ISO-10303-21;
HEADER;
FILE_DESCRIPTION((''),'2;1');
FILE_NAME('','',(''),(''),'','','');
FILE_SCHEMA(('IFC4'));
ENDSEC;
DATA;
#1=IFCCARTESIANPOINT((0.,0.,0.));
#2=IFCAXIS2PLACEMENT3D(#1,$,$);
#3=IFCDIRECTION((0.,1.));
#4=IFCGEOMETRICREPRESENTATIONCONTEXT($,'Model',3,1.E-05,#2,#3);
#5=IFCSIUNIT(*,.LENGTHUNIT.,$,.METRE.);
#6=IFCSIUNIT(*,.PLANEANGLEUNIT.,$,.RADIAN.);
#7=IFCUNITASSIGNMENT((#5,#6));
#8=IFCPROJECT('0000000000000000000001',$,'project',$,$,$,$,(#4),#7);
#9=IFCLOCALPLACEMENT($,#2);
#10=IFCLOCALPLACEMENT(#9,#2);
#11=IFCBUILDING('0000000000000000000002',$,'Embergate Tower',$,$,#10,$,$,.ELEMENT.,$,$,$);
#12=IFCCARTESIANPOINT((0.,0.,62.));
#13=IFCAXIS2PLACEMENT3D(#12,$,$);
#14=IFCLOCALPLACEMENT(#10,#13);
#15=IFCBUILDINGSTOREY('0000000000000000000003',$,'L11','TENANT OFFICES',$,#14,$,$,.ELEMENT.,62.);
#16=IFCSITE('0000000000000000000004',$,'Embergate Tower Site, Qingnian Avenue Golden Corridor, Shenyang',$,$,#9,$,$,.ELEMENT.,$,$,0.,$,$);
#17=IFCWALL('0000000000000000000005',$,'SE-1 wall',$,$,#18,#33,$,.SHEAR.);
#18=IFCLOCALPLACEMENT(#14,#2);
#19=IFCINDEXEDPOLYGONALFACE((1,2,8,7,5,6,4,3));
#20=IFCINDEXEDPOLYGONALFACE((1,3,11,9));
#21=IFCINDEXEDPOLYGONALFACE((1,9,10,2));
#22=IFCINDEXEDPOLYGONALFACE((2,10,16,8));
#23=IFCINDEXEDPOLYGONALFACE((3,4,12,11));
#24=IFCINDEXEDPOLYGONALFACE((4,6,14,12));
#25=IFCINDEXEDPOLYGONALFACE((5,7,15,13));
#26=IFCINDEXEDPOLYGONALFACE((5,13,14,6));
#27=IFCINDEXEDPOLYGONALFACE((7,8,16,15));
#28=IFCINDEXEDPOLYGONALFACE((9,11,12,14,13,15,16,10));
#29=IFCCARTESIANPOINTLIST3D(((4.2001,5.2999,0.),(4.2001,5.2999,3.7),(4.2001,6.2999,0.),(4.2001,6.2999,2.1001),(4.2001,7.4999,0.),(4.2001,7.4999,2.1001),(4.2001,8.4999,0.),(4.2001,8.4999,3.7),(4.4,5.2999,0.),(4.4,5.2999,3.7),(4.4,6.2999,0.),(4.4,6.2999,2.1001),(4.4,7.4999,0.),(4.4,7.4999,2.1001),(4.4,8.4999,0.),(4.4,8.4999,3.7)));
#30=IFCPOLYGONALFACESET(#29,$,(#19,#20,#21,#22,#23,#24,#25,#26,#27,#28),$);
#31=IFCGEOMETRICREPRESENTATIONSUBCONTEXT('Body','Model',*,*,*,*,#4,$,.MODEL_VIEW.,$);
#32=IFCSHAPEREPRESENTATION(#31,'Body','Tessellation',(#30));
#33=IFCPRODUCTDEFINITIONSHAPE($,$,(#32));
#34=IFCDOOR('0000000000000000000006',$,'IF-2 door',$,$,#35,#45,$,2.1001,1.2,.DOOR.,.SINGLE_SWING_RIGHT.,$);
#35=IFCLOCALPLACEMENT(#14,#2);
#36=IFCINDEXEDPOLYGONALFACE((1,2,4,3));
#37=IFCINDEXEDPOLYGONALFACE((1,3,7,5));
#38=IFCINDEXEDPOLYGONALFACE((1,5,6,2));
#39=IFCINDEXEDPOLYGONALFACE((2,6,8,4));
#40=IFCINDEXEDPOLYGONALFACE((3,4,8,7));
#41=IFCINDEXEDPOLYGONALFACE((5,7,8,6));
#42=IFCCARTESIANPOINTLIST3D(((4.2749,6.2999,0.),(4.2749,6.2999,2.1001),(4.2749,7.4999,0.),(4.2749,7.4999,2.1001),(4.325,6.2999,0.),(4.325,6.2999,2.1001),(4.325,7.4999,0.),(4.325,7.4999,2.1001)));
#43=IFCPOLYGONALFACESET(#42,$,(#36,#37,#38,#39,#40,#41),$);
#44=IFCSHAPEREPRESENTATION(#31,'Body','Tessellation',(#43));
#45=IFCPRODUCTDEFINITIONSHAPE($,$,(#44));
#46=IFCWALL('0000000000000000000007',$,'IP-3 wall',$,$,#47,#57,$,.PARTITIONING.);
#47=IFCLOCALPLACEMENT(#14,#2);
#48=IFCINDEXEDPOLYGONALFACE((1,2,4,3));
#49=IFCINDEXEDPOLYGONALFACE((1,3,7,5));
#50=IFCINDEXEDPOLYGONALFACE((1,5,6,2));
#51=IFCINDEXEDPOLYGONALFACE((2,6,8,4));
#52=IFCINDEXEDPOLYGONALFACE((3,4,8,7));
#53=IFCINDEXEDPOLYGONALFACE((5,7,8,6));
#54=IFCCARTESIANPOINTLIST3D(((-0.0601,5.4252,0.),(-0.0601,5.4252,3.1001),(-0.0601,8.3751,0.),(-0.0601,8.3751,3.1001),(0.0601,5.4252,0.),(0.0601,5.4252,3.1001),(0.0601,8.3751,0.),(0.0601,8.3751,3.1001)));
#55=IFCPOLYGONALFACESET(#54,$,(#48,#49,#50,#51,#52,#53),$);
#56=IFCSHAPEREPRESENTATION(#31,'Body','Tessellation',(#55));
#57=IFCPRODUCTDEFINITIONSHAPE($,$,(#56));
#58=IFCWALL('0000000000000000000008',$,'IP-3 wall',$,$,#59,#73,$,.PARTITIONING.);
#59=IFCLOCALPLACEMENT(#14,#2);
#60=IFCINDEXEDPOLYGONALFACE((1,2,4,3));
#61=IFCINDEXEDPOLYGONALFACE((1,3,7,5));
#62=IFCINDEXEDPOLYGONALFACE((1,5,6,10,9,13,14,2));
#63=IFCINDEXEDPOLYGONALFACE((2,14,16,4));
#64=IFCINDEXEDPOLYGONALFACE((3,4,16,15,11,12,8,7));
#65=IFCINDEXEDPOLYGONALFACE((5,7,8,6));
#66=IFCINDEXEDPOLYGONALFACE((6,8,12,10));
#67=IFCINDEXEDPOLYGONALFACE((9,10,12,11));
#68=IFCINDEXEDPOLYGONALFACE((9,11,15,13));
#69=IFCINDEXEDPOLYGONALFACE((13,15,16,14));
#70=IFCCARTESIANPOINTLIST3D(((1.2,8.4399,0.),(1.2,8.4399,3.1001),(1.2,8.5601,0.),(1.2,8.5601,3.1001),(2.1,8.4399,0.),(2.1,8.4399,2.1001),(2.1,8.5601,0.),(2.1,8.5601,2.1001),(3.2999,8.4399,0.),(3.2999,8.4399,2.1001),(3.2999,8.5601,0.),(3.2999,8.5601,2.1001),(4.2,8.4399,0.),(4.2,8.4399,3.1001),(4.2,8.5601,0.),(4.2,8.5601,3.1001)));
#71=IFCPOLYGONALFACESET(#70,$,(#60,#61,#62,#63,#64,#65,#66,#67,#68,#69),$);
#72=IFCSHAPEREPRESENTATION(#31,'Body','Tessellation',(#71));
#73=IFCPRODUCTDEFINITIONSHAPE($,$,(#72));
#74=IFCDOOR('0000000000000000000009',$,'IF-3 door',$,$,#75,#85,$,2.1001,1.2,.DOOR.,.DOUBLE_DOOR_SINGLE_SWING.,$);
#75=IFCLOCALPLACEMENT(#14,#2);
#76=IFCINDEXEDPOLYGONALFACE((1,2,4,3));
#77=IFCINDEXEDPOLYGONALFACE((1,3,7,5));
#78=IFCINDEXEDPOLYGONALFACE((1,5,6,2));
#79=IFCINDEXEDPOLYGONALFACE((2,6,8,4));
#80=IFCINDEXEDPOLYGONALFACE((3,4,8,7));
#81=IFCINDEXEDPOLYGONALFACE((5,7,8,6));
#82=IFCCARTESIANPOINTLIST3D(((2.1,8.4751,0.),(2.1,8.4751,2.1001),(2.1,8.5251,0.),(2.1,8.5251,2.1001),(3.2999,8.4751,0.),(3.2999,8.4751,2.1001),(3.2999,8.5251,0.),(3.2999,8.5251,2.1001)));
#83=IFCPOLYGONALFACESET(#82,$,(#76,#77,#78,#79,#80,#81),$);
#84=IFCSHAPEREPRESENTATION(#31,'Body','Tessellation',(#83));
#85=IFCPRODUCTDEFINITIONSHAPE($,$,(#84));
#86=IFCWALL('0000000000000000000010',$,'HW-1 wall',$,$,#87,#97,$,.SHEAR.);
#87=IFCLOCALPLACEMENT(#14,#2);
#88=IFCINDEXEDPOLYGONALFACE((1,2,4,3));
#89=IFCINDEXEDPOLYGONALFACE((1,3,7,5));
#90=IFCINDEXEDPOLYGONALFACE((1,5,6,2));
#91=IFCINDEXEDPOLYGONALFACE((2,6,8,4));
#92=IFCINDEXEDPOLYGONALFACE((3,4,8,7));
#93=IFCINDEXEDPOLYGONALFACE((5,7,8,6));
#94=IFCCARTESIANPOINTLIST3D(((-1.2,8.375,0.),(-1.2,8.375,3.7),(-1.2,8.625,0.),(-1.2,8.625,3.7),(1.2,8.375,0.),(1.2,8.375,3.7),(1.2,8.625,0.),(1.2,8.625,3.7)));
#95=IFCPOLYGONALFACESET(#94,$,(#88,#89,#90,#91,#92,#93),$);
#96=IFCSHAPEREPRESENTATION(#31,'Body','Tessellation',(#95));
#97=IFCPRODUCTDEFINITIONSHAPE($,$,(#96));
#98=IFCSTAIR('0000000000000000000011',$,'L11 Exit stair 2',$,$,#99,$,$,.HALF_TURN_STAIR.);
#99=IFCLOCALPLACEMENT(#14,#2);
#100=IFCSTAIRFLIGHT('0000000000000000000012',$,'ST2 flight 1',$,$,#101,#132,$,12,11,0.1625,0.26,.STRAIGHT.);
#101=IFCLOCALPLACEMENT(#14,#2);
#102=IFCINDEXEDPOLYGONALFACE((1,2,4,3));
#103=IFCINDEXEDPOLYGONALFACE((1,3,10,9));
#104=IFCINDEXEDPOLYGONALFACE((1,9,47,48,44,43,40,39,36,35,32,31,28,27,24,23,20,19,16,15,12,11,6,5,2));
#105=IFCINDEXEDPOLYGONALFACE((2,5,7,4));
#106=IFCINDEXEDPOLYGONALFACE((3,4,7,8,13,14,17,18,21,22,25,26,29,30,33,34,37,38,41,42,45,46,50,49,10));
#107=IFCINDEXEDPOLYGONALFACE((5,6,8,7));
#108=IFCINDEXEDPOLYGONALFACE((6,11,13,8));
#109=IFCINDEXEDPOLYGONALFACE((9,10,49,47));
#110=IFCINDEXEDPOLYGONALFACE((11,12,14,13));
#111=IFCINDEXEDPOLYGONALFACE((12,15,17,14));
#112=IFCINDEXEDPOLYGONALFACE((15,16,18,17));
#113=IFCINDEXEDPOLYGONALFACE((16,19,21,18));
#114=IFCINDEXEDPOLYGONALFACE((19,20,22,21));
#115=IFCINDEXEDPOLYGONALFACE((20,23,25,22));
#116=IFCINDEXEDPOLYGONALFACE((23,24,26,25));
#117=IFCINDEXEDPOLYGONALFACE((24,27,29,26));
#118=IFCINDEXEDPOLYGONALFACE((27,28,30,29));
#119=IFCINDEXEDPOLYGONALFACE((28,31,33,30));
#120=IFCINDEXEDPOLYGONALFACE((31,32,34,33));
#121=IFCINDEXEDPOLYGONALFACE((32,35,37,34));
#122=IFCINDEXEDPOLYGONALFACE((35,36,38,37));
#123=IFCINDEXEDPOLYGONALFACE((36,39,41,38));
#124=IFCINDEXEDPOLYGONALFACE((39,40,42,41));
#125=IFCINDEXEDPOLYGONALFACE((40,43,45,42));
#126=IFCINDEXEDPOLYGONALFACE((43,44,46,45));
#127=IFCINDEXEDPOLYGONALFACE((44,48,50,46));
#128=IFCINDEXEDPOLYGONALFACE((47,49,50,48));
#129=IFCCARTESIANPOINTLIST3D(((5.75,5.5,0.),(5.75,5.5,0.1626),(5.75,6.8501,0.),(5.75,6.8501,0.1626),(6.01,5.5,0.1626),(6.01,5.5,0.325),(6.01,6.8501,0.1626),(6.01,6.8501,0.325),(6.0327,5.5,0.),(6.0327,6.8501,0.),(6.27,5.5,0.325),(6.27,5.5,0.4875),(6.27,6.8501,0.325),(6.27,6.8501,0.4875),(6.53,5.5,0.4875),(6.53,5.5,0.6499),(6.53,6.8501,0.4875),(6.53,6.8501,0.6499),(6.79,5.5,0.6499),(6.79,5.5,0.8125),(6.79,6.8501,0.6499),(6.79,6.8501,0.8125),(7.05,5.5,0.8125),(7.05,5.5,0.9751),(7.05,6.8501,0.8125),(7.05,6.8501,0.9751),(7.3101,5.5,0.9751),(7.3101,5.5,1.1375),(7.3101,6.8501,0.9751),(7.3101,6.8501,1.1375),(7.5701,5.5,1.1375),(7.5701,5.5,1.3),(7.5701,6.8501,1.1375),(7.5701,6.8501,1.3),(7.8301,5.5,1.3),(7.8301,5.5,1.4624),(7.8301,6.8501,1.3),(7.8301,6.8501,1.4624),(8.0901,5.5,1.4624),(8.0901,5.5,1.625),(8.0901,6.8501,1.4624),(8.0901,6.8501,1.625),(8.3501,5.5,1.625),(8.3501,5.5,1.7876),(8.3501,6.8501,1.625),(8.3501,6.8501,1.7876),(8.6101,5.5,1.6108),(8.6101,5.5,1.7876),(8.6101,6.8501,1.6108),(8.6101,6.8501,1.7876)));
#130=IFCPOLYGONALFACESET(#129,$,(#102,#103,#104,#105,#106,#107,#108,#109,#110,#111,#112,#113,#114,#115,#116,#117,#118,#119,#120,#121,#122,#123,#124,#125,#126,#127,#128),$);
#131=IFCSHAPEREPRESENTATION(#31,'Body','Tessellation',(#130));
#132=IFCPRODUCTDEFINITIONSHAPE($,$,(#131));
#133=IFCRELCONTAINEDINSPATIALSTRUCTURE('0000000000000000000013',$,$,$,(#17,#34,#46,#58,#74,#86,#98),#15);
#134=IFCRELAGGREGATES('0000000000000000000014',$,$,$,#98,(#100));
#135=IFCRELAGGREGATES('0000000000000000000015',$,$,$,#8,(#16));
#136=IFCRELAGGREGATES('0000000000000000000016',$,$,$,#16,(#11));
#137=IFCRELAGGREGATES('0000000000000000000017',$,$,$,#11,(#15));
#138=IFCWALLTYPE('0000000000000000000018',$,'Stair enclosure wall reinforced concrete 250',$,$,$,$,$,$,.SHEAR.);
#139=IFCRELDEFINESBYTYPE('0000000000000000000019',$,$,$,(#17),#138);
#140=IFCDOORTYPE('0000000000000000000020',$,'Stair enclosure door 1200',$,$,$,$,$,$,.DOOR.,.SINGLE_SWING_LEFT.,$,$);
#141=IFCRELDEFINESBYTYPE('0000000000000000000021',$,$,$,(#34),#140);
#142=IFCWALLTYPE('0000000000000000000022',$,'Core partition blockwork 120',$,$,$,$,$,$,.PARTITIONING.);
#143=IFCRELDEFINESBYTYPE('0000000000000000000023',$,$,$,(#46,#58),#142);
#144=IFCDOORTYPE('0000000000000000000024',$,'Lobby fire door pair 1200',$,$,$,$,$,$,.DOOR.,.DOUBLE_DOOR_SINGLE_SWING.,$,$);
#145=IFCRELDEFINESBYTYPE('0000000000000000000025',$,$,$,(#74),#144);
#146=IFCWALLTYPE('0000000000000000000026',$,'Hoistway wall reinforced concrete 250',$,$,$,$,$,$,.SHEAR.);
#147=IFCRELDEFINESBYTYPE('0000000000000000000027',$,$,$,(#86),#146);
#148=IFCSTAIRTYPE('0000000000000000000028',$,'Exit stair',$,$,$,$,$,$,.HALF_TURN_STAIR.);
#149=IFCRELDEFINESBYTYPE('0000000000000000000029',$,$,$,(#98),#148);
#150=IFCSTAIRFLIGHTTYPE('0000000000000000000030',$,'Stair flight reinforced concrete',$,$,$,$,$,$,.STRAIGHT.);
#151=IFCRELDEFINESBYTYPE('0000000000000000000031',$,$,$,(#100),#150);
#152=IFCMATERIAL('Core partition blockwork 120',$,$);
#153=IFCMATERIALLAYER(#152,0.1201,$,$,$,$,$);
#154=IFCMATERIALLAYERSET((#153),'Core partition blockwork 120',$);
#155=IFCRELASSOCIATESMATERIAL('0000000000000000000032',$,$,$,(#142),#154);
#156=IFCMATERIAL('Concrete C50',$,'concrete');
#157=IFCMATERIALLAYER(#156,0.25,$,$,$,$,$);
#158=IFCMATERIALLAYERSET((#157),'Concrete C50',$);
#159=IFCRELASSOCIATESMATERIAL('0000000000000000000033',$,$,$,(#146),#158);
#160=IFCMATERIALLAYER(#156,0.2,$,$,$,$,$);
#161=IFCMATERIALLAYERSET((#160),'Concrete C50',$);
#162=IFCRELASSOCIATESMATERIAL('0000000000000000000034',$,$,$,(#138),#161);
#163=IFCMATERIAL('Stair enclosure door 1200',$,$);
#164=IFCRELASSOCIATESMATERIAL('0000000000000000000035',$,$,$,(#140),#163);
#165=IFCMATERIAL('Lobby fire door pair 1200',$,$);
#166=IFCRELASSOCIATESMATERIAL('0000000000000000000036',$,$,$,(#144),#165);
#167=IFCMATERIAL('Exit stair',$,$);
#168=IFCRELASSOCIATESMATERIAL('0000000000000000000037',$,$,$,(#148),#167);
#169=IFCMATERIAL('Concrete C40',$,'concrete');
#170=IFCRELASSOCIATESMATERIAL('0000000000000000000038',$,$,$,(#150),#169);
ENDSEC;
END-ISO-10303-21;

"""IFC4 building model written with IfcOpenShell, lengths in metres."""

from ifc_helpers import new_model, si_unit, direction, frame, frame_2d, origin, place, context, subcontext, project, spatial, polyline, rectangle, outline, extrude, source, transform, mapped, material, layer, layer_set, type_object, element, fill, aggregate, save


model = new_model("IFC4")

# Units and contexts
model_context = context("Model", 3, precision=1e-05, world=origin(), true_north=direction((0.0, 1.0)))
body_context = subcontext(model_context, "Body", "Model", "MODEL_VIEW")
ifc_project = project(units=[si_unit("LENGTHUNIT", "METRE"), si_unit("PLANEANGLEUNIT", "RADIAN")], contexts=[model_context])

# Site, building, storey
site_placement = place(None, origin())
site = spatial("IfcSite", under=ifc_project, at=site_placement, Name="Embergate Tower Site, Qingnian Avenue Golden Corridor, Shenyang", CompositionType="ELEMENT", RefElevation=0.0)
building_placement = place(site_placement, origin())
building = spatial("IfcBuilding", under=site, at=building_placement, Name="Embergate Tower", CompositionType="ELEMENT")
storey_placement = place(building_placement, frame((0.0, 0.0, 62.0)))
storey = spatial("IfcBuildingStorey", under=building, at=storey_placement, Name="L11", Description="TENANT OFFICES", CompositionType="ELEMENT", Elevation=62.0)

# Shared definitions
ifc_material_1 = material(Name="Core partition blockwork 120")
ifc_layer_1 = layer(ifc_material_1, 0.1201)
ifc_layer_set_1 = layer_set([ifc_layer_1], Name="Core partition blockwork 120")
wall_type_1 = type_object("IfcWallType", Name="Core partition blockwork 120", PredefinedType="PARTITIONING", material=ifc_layer_set_1)

# Shared definitions
ifc_material_2 = material(Name="Concrete C50", Category="concrete")
ifc_layer_2 = layer(ifc_material_2, 0.25)
ifc_layer_set_2 = layer_set([ifc_layer_2], Name="Concrete C50")
wall_type_2 = type_object("IfcWallType", Name="Hoistway wall reinforced concrete 250", PredefinedType="SHEAR", material=ifc_layer_set_2)

# Wall, opening, door
ifc_layer_3 = layer(ifc_material_2, 0.2)
ifc_layer_set_3 = layer_set([ifc_layer_3], Name="Concrete C50")
wall_type_3 = type_object("IfcWallType", Name="Stair enclosure wall reinforced concrete 250", PredefinedType="SHEAR", material=ifc_layer_set_3)
shared_shape_1 = source(origin(), body_context, "Body", "SweptSolid", [
    extrude(rectangle(XDim=3.2, YDim=0.2, at=frame_2d((1.6001, 0.0))), origin(), (0.0, 0.0, 1.0), 3.7),
])
wall_1_placement = place(storey_placement, frame((4.3, 8.5, 0.0), z_axis=(0.0, 0.0, 1.0), x_axis=(0.0, -1.0, 0.0)))
wall_1 = element("IfcWall", 1, at=wall_1_placement, inside=storey, type_object=wall_type_3, Name="SE-1 wall", PredefinedType="SHEAR", context=body_context, shape_type="MappedRepresentation", body=[
    mapped(shared_shape_1, transform((0.0, 0.0, 0.0))),
])
shared_shape_2 = source(origin(), body_context, "Body", "SweptSolid", [
    extrude(rectangle(XDim=1.2, YDim=2.1001, at=frame_2d((0.6001, 1.05))), frame((0.0, 0.1099, 0.0), z_axis=(0.0, -1.0, 0.0), x_axis=(1.0, 0.0, 0.0)), (0.0, 0.0, 1.0), 0.22),
])
opening_1_placement = place(wall_1_placement, frame((1.0, 0.0, 0.0)))
opening_1 = element("IfcOpeningElement", 2, at=opening_1_placement, cuts=wall_1, PredefinedType="OPENING", context=body_context, shape_type="MappedRepresentation", body=[
    mapped(shared_shape_2, transform((0.0, 0.0, 0.0))),
])
ifc_material_3 = material(Name="Stair enclosure door 1200")
door_type_1 = type_object("IfcDoorType", Name="Stair enclosure door 1200", OperationType="SINGLE_SWING_LEFT", PredefinedType="DOOR", material=ifc_material_3)
shared_shape_3 = source(origin(), body_context, "Body", "SweptSolid", [
    extrude(rectangle(XDim=1.2, YDim=2.1001, at=frame_2d((0.6001, 1.05))), frame((0.0, 0.0249, 0.0), z_axis=(0.0, -1.0, 0.0), x_axis=(1.0, 0.0, 0.0)), (0.0, 0.0, 1.0), 0.05),
])
door_1_placement = place(opening_1_placement, origin())
door_1 = element("IfcDoor", 3, at=door_1_placement, inside=storey, type_object=door_type_1, Name="IF-2 door", OperationType="SINGLE_SWING_RIGHT", OverallHeight=2.1001, OverallWidth=1.2, PredefinedType="DOOR", context=body_context, shape_type="MappedRepresentation", body=[
    mapped(shared_shape_3, transform((0.0, 0.0, 0.0))),
])
fill(opening_1, door_1)

# Wall
shared_shape_4 = source(origin(), body_context, "Body", "SweptSolid", [
    extrude(rectangle(XDim=2.95, YDim=0.1201, at=frame_2d((1.4751, 0.0))), origin(), (0.0, 0.0, 1.0), 3.1001),
])
wall_2_placement = place(storey_placement, frame((0.0, 5.425, 0.0), z_axis=(0.0, 0.0, 1.0), x_axis=(0.0, 1.0, 0.0)))
element("IfcWall", 4, at=wall_2_placement, inside=storey, type_object=wall_type_1, Name="IP-3 wall", PredefinedType="PARTITIONING", context=body_context, shape_type="MappedRepresentation", body=[
    mapped(shared_shape_4, transform((0.0, 0.0, 0.0))),
])

# Wall, opening, door
shared_shape_5 = source(origin(), body_context, "Body", "SweptSolid", [
    extrude(rectangle(XDim=3.0, YDim=0.1201, at=frame_2d((1.5, 0.0))), origin(), (0.0, 0.0, 1.0), 3.1001),
])
wall_3_placement = place(storey_placement, frame((4.2, 8.5, 0.0), z_axis=(0.0, 0.0, 1.0), x_axis=(-1.0, 0.0, 0.0)))
wall_3 = element("IfcWall", 5, at=wall_3_placement, inside=storey, type_object=wall_type_1, Name="IP-3 wall", PredefinedType="PARTITIONING", context=body_context, shape_type="MappedRepresentation", body=[
    mapped(shared_shape_5, transform((0.0, 0.0, 0.0))),
])
shared_shape_6 = source(origin(), body_context, "Body", "SweptSolid", [
    extrude(rectangle(XDim=1.2, YDim=2.1001, at=frame_2d((0.6001, 1.05))), frame((0.0, 0.0701, 0.0), z_axis=(0.0, -1.0, 0.0), x_axis=(1.0, 0.0, 0.0)), (0.0, 0.0, 1.0), 0.1401),
])
opening_2_placement = place(wall_3_placement, frame((0.8999, 0.0, 0.0)))
opening_2 = element("IfcOpeningElement", 6, at=opening_2_placement, cuts=wall_3, PredefinedType="OPENING", context=body_context, shape_type="MappedRepresentation", body=[
    mapped(shared_shape_6, transform((0.0, 0.0, 0.0))),
])
ifc_material_4 = material(Name="Lobby fire door pair 1200")
door_type_2 = type_object("IfcDoorType", Name="Lobby fire door pair 1200", OperationType="DOUBLE_DOOR_SINGLE_SWING", PredefinedType="DOOR", material=ifc_material_4)
door_2_placement = place(opening_2_placement, origin())
door_2 = element("IfcDoor", 7, at=door_2_placement, inside=storey, type_object=door_type_2, Name="IF-3 door", OperationType="DOUBLE_DOOR_SINGLE_SWING", OverallHeight=2.1001, OverallWidth=1.2, PredefinedType="DOOR", context=body_context, shape_type="MappedRepresentation", body=[
    mapped(shared_shape_3, transform((0.0, 0.0, 0.0))),
])
fill(opening_2, door_2)

# Wall
shared_shape_7 = source(origin(), body_context, "Body", "SweptSolid", [
    extrude(rectangle(XDim=2.3999, YDim=0.25, at=frame_2d((1.2, 0.0))), origin(), (0.0, 0.0, 1.0), 3.7),
])
wall_4_placement = place(storey_placement, frame((1.2, 8.5, 0.0), z_axis=(0.0, 0.0, 1.0), x_axis=(-1.0, 0.0, 0.0)))
element("IfcWall", 8, at=wall_4_placement, inside=storey, type_object=wall_type_2, Name="HW-1 wall", PredefinedType="SHEAR", context=body_context, shape_type="MappedRepresentation", body=[
    mapped(shared_shape_7, transform((0.0, 0.0, 0.0))),
])

# Stair, stair flight
ifc_material_5 = material(Name="Exit stair")
stair_type = type_object("IfcStairType", Name="Exit stair", PredefinedType="HALF_TURN_STAIR", material=ifc_material_5)
stair_placement = place(storey_placement, origin())
stair = element("IfcStair", 9, at=stair_placement, inside=storey, type_object=stair_type, Name="L11 Exit stair 2", PredefinedType="HALF_TURN_STAIR")
ifc_material_6 = material(Name="Concrete C40", Category="concrete")
stair_flight_type = type_object("IfcStairFlightType", Name="Stair flight reinforced concrete", PredefinedType="STRAIGHT", material=ifc_material_6)
shared_shape_8 = source(origin(), body_context, "Body", "SweptSolid", [
    extrude(outline(polyline([(0.0, 0.0), (0.0, 0.1626), (0.26, 0.1626), (0.26, 0.325), (0.52, 0.325), (0.52, 0.4875), (0.78, 0.4875), (0.78, 0.6499), (1.04, 0.6499), (1.04, 0.8125), (1.3, 0.8125), (1.3, 0.9751), (1.5601, 0.9751), (1.5601, 1.1375), (1.8201, 1.1375), (1.8201, 1.3), (2.0801, 1.3), (2.0801, 1.4624), (2.3401, 1.4624), (2.3401, 1.625), (2.6001, 1.625), (2.6001, 1.7876), (2.8601, 1.7876), (2.8601, 1.95), (2.8601, 1.6108), (0.2827, 0.0), (0.0, 0.0)])), frame((0.0, 0.675, 0.0), z_axis=(0.0, -1.0, 0.0), x_axis=(1.0, 0.0, 0.0)), (0.0, 0.0, 1.0), 1.3501),
])
stair_flight_placement = place(storey_placement, frame((5.75, 6.175, 0.0), z_axis=(0.0, 0.0, 1.0), x_axis=(1.0, 0.0, 0.0)))
stair_flight = element("IfcStairFlight", 10, at=stair_flight_placement, type_object=stair_flight_type, Name="ST2 flight 1", NumberOfRisers=12, NumberOfTreads=11, PredefinedType="STRAIGHT", RiserHeight=0.1625, TreadLength=0.26, context=body_context, shape_type="MappedRepresentation", body=[
    mapped(shared_shape_8, transform((0.0, 0.0, 0.0))),
])
aggregate(stair, [stair_flight])

save(model, "model.ifc")
